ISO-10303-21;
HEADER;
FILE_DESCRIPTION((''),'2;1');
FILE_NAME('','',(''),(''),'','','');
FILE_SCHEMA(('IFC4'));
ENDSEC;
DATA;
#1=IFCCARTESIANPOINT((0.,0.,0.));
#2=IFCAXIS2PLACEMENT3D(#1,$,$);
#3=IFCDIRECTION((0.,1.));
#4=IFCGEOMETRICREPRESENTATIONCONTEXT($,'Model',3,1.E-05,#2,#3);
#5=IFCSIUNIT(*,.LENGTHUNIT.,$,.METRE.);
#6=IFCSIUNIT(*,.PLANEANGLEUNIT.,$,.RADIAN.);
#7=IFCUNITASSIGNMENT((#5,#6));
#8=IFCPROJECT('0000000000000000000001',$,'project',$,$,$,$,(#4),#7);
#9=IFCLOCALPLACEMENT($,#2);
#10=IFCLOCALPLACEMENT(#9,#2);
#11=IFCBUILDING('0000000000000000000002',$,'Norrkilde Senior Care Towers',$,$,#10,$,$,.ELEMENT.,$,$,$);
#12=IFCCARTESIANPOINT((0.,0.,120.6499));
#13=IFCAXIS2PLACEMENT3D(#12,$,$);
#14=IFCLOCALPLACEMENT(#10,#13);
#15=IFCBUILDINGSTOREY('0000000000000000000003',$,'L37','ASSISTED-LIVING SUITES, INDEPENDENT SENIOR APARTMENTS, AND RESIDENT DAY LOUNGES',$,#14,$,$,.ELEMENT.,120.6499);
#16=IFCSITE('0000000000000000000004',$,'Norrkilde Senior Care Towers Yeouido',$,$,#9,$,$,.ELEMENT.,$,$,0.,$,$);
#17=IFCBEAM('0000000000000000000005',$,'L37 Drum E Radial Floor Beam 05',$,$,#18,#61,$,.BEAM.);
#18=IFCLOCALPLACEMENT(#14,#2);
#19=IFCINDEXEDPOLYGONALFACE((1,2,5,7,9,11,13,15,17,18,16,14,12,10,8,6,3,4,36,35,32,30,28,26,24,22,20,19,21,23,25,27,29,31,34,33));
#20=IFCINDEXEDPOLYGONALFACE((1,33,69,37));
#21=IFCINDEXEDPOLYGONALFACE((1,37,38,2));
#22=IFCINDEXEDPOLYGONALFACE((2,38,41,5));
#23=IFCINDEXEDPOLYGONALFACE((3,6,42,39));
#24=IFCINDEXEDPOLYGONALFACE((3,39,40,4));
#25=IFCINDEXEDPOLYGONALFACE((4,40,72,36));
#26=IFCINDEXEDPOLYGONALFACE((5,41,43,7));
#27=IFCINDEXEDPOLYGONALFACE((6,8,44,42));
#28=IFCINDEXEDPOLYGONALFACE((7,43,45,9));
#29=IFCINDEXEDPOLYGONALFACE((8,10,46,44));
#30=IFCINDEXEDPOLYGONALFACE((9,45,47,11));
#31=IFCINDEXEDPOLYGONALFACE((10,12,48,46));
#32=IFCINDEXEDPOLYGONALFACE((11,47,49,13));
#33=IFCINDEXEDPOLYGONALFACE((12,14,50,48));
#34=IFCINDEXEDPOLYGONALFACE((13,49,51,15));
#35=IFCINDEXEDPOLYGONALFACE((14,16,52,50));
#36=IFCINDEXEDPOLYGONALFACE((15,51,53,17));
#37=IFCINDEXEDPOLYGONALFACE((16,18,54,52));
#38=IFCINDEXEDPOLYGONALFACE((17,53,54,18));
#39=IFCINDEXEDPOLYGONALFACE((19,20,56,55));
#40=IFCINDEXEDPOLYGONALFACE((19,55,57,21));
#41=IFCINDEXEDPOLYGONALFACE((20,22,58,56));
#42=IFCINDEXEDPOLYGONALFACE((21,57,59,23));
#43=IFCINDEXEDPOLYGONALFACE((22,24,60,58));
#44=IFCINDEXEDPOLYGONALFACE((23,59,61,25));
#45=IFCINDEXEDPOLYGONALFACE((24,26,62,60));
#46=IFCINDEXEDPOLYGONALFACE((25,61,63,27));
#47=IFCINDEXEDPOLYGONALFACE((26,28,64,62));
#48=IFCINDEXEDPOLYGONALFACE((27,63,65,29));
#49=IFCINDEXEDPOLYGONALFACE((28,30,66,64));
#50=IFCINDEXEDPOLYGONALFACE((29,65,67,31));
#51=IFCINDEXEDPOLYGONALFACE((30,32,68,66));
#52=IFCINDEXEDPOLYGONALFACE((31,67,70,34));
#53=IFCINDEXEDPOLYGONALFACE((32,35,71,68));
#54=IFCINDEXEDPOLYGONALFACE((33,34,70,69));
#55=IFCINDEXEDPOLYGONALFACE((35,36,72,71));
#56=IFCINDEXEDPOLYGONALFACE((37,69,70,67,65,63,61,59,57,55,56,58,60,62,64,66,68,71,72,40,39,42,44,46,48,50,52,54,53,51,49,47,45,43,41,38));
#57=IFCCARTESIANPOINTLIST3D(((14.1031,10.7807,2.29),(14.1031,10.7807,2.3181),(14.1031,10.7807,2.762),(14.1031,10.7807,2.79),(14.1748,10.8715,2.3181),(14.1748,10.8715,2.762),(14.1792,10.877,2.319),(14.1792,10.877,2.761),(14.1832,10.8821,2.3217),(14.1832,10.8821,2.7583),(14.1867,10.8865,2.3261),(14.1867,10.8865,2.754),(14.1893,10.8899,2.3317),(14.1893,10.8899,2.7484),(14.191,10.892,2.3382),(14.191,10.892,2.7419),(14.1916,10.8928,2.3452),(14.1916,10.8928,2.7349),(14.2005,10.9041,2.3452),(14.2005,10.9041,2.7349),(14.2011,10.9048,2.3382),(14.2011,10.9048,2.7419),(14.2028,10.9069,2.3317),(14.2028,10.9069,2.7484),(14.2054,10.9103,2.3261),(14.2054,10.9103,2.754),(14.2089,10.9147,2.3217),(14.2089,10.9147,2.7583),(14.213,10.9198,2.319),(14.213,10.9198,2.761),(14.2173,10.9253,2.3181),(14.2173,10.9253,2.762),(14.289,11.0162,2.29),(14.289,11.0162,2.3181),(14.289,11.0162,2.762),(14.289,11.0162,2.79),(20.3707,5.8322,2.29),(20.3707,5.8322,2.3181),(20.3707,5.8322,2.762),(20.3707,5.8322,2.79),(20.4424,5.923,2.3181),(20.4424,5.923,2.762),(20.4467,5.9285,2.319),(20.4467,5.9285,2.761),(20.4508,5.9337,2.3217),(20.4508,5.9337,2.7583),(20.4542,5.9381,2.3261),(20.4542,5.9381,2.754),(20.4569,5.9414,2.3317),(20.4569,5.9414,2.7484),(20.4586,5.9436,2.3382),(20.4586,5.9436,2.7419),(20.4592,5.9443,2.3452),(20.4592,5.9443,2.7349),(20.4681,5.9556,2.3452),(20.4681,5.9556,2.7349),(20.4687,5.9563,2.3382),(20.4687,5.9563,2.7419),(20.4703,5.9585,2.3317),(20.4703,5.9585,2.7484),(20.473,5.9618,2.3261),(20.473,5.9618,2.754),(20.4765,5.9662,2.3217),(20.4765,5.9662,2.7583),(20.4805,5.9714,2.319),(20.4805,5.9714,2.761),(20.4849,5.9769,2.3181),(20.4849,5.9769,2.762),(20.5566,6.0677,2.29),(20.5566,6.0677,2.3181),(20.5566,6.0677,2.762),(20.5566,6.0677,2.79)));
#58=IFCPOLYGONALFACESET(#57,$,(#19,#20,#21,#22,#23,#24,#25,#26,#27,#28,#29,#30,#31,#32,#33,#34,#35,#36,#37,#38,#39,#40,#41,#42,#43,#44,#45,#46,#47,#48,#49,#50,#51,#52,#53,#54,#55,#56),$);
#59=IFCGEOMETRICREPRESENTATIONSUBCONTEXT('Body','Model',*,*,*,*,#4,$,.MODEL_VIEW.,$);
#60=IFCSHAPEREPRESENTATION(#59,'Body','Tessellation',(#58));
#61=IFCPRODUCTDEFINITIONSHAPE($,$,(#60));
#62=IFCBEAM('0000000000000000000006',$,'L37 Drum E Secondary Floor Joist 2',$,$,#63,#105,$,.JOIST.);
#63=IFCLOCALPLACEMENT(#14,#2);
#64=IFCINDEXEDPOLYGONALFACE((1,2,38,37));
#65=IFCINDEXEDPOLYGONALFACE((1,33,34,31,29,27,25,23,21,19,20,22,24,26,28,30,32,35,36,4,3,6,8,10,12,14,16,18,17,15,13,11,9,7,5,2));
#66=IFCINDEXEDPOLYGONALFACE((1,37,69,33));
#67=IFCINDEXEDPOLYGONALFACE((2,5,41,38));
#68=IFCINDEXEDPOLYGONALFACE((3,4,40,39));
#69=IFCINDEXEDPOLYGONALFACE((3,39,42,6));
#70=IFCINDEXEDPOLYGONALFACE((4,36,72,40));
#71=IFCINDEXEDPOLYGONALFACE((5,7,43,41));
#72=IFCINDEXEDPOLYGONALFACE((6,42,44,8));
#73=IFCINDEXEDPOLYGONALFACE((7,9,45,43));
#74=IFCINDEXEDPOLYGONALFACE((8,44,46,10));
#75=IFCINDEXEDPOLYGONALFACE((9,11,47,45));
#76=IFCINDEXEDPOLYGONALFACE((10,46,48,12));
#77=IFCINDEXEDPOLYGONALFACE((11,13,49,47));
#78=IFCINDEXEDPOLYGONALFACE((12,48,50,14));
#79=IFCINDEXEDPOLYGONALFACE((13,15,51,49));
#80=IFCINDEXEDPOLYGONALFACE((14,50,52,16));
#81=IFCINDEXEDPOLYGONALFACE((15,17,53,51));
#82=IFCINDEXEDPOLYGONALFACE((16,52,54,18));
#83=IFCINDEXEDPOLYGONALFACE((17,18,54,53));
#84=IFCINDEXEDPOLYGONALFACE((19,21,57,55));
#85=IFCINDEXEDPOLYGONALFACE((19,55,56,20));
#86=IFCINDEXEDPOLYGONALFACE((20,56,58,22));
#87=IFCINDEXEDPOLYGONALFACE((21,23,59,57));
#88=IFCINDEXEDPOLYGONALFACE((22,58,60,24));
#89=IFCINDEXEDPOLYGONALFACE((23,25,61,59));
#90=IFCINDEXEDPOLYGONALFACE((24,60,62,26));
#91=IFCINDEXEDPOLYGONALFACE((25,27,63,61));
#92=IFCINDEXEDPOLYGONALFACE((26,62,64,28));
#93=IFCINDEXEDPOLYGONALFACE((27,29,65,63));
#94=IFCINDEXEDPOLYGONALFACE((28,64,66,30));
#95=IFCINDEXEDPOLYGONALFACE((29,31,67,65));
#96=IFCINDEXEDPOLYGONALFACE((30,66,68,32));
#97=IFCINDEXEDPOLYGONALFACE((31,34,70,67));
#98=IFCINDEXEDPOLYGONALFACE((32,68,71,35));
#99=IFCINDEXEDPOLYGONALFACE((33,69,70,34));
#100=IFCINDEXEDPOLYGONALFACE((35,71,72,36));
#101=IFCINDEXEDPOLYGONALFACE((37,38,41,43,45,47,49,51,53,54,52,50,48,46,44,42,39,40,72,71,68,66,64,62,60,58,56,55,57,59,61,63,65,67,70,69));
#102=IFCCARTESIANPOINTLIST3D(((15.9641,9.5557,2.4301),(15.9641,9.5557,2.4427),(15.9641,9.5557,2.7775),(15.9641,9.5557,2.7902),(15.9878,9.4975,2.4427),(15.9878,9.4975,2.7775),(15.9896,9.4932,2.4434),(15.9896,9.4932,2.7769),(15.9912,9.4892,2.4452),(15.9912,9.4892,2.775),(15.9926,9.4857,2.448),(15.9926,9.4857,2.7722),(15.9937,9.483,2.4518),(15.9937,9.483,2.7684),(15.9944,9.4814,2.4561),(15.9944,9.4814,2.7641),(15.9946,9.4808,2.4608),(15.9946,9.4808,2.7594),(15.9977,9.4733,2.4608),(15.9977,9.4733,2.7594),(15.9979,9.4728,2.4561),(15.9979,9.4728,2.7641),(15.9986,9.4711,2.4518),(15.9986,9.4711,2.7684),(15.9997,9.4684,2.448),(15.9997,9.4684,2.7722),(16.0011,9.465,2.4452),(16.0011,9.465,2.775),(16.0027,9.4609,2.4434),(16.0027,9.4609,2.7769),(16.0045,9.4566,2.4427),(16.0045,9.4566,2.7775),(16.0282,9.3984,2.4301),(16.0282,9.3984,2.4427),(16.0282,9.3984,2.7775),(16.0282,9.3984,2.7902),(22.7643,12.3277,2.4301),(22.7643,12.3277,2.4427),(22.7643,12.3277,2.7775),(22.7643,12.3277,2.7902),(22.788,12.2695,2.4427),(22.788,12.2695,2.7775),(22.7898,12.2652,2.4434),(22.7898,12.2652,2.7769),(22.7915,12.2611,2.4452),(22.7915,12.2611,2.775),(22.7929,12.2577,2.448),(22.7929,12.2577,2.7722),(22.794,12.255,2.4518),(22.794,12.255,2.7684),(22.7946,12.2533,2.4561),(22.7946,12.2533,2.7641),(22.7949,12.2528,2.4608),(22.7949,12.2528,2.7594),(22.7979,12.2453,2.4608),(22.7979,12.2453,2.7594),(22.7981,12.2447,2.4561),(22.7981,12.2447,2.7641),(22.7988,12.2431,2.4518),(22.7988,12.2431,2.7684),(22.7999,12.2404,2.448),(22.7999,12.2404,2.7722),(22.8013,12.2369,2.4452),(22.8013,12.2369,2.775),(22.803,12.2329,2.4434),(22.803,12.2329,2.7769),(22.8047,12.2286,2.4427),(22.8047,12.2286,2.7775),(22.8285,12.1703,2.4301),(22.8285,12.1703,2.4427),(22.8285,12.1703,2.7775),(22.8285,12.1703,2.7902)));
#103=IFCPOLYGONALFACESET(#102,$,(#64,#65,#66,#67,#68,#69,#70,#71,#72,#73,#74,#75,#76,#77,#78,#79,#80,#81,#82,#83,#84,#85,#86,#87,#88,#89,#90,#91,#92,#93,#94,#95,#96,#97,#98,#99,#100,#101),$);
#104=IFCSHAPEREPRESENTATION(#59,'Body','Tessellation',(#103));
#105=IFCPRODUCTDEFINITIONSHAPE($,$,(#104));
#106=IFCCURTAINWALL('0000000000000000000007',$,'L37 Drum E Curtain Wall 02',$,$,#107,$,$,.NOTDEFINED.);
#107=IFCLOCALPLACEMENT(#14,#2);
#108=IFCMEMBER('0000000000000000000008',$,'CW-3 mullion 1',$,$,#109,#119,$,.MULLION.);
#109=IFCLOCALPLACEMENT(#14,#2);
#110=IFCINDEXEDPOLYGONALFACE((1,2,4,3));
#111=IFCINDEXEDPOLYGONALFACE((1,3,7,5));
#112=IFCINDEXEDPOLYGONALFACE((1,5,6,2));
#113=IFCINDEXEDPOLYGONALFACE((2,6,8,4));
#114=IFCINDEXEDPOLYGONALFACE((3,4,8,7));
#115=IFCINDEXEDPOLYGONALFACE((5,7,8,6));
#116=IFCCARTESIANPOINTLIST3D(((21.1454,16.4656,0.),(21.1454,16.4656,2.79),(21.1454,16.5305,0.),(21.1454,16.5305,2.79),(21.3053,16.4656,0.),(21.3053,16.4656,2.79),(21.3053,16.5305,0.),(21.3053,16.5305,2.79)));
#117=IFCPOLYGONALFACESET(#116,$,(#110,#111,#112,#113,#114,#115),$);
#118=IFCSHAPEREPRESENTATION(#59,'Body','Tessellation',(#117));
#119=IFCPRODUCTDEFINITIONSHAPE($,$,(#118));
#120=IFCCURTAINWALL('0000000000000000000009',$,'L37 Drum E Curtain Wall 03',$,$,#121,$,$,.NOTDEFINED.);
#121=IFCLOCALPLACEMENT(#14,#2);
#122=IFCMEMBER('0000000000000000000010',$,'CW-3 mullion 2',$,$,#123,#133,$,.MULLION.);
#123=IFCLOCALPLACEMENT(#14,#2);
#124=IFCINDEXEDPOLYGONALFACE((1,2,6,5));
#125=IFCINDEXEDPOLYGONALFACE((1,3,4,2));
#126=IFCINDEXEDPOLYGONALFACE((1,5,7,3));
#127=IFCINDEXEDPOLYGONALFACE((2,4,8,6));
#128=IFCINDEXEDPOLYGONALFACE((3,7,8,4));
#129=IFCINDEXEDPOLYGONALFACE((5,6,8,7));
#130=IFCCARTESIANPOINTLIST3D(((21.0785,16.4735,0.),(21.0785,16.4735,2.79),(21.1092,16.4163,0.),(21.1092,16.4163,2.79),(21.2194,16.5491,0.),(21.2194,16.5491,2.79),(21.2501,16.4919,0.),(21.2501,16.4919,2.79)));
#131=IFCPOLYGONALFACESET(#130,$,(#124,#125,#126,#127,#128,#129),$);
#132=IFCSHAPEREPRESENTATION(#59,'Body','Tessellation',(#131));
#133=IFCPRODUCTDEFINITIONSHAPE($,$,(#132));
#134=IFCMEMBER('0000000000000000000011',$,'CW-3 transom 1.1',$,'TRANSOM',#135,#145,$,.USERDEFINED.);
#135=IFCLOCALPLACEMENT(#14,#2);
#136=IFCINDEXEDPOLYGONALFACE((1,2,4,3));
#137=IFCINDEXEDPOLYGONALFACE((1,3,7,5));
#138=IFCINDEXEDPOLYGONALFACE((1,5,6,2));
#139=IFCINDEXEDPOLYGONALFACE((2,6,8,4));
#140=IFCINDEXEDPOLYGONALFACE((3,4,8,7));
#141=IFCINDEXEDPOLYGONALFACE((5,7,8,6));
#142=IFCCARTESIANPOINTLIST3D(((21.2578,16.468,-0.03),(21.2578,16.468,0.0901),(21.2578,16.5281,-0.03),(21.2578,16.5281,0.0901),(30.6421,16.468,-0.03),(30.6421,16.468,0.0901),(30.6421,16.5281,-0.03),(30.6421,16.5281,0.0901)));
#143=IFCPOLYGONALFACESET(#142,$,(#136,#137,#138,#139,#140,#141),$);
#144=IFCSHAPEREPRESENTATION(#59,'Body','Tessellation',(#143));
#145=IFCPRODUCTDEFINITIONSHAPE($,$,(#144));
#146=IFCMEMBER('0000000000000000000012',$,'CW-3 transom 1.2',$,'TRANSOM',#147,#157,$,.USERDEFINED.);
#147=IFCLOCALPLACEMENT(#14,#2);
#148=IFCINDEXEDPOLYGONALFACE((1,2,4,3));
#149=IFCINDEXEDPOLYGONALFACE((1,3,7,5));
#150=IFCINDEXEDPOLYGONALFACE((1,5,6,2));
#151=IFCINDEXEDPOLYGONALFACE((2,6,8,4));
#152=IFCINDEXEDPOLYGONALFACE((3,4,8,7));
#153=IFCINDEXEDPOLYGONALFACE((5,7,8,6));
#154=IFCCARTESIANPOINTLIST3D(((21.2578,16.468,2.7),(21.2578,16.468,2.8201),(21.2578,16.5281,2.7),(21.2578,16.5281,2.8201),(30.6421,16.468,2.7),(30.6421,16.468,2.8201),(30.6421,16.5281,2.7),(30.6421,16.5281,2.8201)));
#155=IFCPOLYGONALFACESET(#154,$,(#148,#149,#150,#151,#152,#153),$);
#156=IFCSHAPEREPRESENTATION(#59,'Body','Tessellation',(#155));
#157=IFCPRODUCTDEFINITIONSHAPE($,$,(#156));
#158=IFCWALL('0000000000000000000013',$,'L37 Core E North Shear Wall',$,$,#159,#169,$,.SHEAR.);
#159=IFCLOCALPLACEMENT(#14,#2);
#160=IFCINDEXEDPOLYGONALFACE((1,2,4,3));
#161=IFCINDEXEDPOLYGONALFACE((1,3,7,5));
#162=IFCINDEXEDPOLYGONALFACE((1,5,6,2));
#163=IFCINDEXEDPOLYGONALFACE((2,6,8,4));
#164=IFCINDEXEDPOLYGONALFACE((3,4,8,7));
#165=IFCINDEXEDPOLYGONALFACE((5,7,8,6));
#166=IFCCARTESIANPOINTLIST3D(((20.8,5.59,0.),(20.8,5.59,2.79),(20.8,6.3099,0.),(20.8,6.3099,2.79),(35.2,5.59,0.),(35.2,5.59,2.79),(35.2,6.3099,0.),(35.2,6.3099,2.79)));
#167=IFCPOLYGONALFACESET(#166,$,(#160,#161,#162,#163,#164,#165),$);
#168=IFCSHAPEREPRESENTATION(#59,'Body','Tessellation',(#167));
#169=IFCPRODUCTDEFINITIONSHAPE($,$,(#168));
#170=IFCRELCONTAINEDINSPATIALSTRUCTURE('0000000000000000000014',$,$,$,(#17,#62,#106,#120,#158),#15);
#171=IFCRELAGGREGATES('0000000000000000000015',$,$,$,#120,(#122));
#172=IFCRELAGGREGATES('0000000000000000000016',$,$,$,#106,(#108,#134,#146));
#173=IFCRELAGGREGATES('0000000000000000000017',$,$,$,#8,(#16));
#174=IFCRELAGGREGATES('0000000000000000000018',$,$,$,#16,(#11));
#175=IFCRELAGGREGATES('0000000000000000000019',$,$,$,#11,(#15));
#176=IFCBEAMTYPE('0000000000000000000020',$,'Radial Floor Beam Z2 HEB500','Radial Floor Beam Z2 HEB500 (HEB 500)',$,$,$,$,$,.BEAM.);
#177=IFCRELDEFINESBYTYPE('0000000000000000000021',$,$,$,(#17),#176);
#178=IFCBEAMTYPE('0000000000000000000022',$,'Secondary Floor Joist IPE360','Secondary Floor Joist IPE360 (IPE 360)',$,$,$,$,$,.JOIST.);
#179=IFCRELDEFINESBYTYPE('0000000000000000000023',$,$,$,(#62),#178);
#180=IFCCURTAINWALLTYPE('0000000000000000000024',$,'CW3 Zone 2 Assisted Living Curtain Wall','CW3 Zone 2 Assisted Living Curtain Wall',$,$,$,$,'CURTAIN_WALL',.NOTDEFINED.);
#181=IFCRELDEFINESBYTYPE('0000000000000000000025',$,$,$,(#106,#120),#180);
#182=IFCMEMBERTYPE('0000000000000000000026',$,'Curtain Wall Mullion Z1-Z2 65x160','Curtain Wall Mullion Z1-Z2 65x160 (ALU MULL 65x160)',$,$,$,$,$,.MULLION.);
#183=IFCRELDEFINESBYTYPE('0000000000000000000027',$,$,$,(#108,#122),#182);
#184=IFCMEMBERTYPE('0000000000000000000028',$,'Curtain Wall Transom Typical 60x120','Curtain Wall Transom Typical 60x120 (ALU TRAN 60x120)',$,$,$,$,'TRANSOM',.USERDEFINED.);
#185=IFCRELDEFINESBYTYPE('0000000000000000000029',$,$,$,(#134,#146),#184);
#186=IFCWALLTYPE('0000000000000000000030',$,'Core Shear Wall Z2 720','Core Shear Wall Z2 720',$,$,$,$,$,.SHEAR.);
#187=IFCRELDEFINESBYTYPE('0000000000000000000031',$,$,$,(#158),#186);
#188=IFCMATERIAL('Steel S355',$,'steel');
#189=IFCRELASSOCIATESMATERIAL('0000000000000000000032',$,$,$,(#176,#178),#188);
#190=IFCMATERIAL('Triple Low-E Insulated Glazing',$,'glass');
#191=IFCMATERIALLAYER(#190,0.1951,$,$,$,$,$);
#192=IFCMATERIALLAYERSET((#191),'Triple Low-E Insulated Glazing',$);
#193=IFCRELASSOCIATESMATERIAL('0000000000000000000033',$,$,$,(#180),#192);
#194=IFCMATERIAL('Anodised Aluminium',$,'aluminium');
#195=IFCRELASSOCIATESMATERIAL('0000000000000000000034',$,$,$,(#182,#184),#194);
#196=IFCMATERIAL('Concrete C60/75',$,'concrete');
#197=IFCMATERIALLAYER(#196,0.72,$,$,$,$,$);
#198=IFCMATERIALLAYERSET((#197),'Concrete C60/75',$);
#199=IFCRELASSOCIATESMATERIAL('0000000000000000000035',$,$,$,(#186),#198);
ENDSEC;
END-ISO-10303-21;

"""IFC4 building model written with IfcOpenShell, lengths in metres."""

from ifc_helpers import new_model, si_unit, direction, frame, frame_2d, origin, origin_2d, place, context, subcontext, project, spatial, rectangle, i_section, extrude, source, transform, mapped, material, layer, layer_set, material_profile, profile_set, type_object, type_shapes, element, aggregate, save


model = new_model("IFC4")

# Units and contexts
model_context = context("Model", 3, precision=1e-05, world=origin(), true_north=direction((0.0, 1.0)))
body_context = subcontext(model_context, "Body", "Model", "MODEL_VIEW")
ifc_project = project(units=[si_unit("LENGTHUNIT", "METRE"), si_unit("PLANEANGLEUNIT", "RADIAN")], contexts=[model_context])

# Site, building, storey
site_placement = place(None, origin())
site = spatial("IfcSite", under=ifc_project, at=site_placement, Name="Norrkilde Senior Care Towers Yeouido", CompositionType="ELEMENT", RefElevation=0.0)
building_placement = place(site_placement, origin())
building = spatial("IfcBuilding", under=site, at=building_placement, Name="Norrkilde Senior Care Towers", CompositionType="ELEMENT")
storey_placement = place(building_placement, frame((0.0, 0.0, 120.6499)))
storey = spatial("IfcBuildingStorey", under=building, at=storey_placement, Name="L37", Description="ASSISTED-LIVING SUITES, INDEPENDENT SENIOR APARTMENTS, AND RESIDENT DAY LOUNGES", CompositionType="ELEMENT", Elevation=120.6499)

# Shared definitions
ifc_material_1 = material(Name="Concrete C60/75", Category="concrete")

# Beams
ifc_material_2 = material(Name="Steel S355", Category="steel")
ifc_material_profile_1 = material_profile(ifc_material_2, i_section(OverallWidth=0.3, OverallDepth=0.5, WebThickness=0.0144, FlangeThickness=0.0281, FilletRadius=0.0271, at=origin_2d()), Name="HEB 500")
ifc_profile_set_1 = profile_set([ifc_material_profile_1], Name="Steel S355")
beam_type_1 = type_object("IfcBeamType", Name="Radial Floor Beam Z2 HEB500", Description="Radial Floor Beam Z2 HEB500 (HEB 500)", PredefinedType="BEAM", material=ifc_profile_set_1)
shared_shape_1 = source(origin(), body_context, "Body", "SweptSolid", [
    extrude(i_section(OverallWidth=0.3, OverallDepth=0.5, WebThickness=0.0144, FlangeThickness=0.0281, FilletRadius=0.0271, at=origin_2d()), origin(), (0.0, 0.0, 1.0), 7.9856),
])
beam_1_placement = place(storey_placement, frame((20.4636, 5.95, 2.54), z_axis=(-0.784859, 0.619675, 0.0), x_axis=(-0.619675, -0.784859, 0.0)))
element("IfcBeam", 1, at=beam_1_placement, inside=storey, type_object=beam_type_1, Name="L37 Drum E Radial Floor Beam 05", PredefinedType="BEAM", context=body_context, shape_type="MappedRepresentation", body=[
    mapped(shared_shape_1, transform((0.0, 0.0, 0.0), x_axis=(1.0, 0.0, 0.0), y_axis=(0.0, 1.0, 0.0), z_axis=(0.0, 0.0, 1.0), scale=1.0)),
])
ifc_material_profile_2 = material_profile(ifc_material_2, i_section(OverallWidth=0.1699, OverallDepth=0.3601, WebThickness=0.0081, FlangeThickness=0.0127, FilletRadius=0.0181, at=origin_2d()), Name="IPE 360")
ifc_profile_set_2 = profile_set([ifc_material_profile_2], Name="Steel S355")
beam_type_2 = type_object("IfcBeamType", Name="Secondary Floor Joist IPE360", Description="Secondary Floor Joist IPE360 (IPE 360)", PredefinedType="JOIST", material=ifc_profile_set_2)
shared_shape_2 = source(origin(), body_context, "Body", "SweptSolid", [
    extrude(i_section(OverallWidth=0.1699, OverallDepth=0.3601, WebThickness=0.0081, FlangeThickness=0.0127, FilletRadius=0.0181, at=origin_2d()), origin(), (0.0, 0.0, 1.0), 7.3435),
])
type_shapes(beam_type_2, [shared_shape_2])
beam_2_placement = place(storey_placement, frame((22.7964, 12.249, 2.6101), z_axis=(-0.926022, -0.37747, 0.0), x_axis=(0.37747, -0.926022, 0.0)))
element("IfcBeam", 2, at=beam_2_placement, inside=storey, type_object=beam_type_2, Name="L37 Drum E Secondary Floor Joist 2", PredefinedType="JOIST", context=body_context, shape_type="MappedRepresentation", body=[
    mapped(shared_shape_2, transform((0.0, 0.0, 0.0), x_axis=(1.0, 0.0, 0.0), y_axis=(0.0, 1.0, 0.0), z_axis=(0.0, 0.0, 1.0), scale=1.0)),
])

# Curtain walls, members
ifc_material_3 = material(Name="Triple Low-E Insulated Glazing", Category="glass")
ifc_layer_1 = layer(ifc_material_3, 0.1951)
ifc_layer_set_1 = layer_set([ifc_layer_1], Name="Triple Low-E Insulated Glazing")
curtain_wall_type = type_object("IfcCurtainWallType", Name="CW3 Zone 2 Assisted Living Curtain Wall", Description="CW3 Zone 2 Assisted Living Curtain Wall", ElementType="CURTAIN_WALL", PredefinedType="NOTDEFINED", material=ifc_layer_set_1)
curtain_wall_1_placement = place(storey_placement, origin())
curtain_wall_1 = element("IfcCurtainWall", 3, at=curtain_wall_1_placement, inside=storey, type_object=curtain_wall_type, Name="L37 Drum E Curtain Wall 02", PredefinedType="NOTDEFINED")
ifc_material_4 = material(Name="Anodised Aluminium", Category="aluminium")
ifc_material_profile_3 = material_profile(ifc_material_4, rectangle(XDim=0.0649, YDim=0.1599, at=origin_2d()), Name="ALU MULL 65x160")
ifc_profile_set_3 = profile_set([ifc_material_profile_3], Name="Anodised Aluminium")
member_type_1 = type_object("IfcMemberType", Name="Curtain Wall Mullion Z1-Z2 65x160", Description="Curtain Wall Mullion Z1-Z2 65x160 (ALU MULL 65x160)", PredefinedType="MULLION", material=ifc_profile_set_3)
shared_shape_3 = source(origin(), body_context, "Body", "SweptSolid", [
    extrude(rectangle(XDim=0.0649, YDim=0.1599, at=origin_2d()), origin(), (0.0, 0.0, 1.0), 2.79),
])
type_shapes(member_type_1, [shared_shape_3])
member_1_placement = place(storey_placement, frame((21.2253, 16.498, 0.0), z_axis=(0.0, 0.0, 1.0), x_axis=(0.0, 1.0, 0.0)))
member_1 = element("IfcMember", 4, at=member_1_placement, type_object=member_type_1, Name="CW-3 mullion 1", PredefinedType="MULLION", context=body_context, shape_type="MappedRepresentation", body=[
    mapped(shared_shape_3, transform((0.0, 0.0, 0.0), x_axis=(1.0, 0.0, 0.0), y_axis=(0.0, 1.0, 0.0), z_axis=(0.0, 0.0, 1.0), scale=1.0)),
])
curtain_wall_2_placement = place(storey_placement, origin())
curtain_wall_2 = element("IfcCurtainWall", 5, at=curtain_wall_2_placement, inside=storey, type_object=curtain_wall_type, Name="L37 Drum E Curtain Wall 03", PredefinedType="NOTDEFINED")
member_2_placement = place(storey_placement, frame((21.1643, 16.4827, 0.0), z_axis=(0.0, 0.0, 1.0), x_axis=(-0.472769, 0.881186, 0.0)))
member_2 = element("IfcMember", 6, at=member_2_placement, type_object=member_type_1, Name="CW-3 mullion 2", PredefinedType="MULLION", context=body_context, shape_type="MappedRepresentation", body=[
    mapped(shared_shape_3, transform((0.0, 0.0, 0.0), x_axis=(1.0, 0.0, 0.0), y_axis=(0.0, 1.0, 0.0), z_axis=(0.0, 0.0, 1.0), scale=1.0)),
])
aggregate(curtain_wall_2, [member_2])

# Members
ifc_material_profile_4 = material_profile(ifc_material_4, rectangle(XDim=0.0601, YDim=0.1201, at=origin_2d()), Name="ALU TRAN 60x120")
ifc_profile_set_4 = profile_set([ifc_material_profile_4], Name="Anodised Aluminium")
member_type_2 = type_object("IfcMemberType", Name="Curtain Wall Transom Typical 60x120", Description="Curtain Wall Transom Typical 60x120 (ALU TRAN 60x120)", ElementType="TRANSOM", PredefinedType="USERDEFINED", material=ifc_profile_set_4)
shared_shape_4 = source(origin(), body_context, "Body", "SweptSolid", [
    extrude(rectangle(XDim=0.0601, YDim=0.1201, at=origin_2d()), origin(), (0.0, 0.0, 1.0), 9.3843),
])
type_shapes(member_type_2, [shared_shape_4])
member_3_placement = place(storey_placement, frame((21.2578, 16.498, 0.03), z_axis=(1.0, 0.0, 0.0), x_axis=(0.0, 1.0, 0.0)))
member_3 = element("IfcMember", 7, at=member_3_placement, type_object=member_type_2, Name="CW-3 transom 1.1", ObjectType="TRANSOM", PredefinedType="USERDEFINED", context=body_context, shape_type="MappedRepresentation", body=[
    mapped(shared_shape_4, transform((0.0, 0.0, 0.0), x_axis=(1.0, 0.0, 0.0), y_axis=(0.0, 1.0, 0.0), z_axis=(0.0, 0.0, 1.0), scale=1.0)),
])
member_4_placement = place(storey_placement, frame((21.2578, 16.498, 2.76), z_axis=(1.0, 0.0, 0.0), x_axis=(0.0, 1.0, 0.0)))
member_4 = element("IfcMember", 8, at=member_4_placement, type_object=member_type_2, Name="CW-3 transom 1.2", ObjectType="TRANSOM", PredefinedType="USERDEFINED", context=body_context, shape_type="MappedRepresentation", body=[
    mapped(shared_shape_4, transform((0.0, 0.0, 0.0), x_axis=(1.0, 0.0, 0.0), y_axis=(0.0, 1.0, 0.0), z_axis=(0.0, 0.0, 1.0), scale=1.0)),
])
aggregate(curtain_wall_1, [member_1, member_3, member_4])

# Wall
ifc_layer_2 = layer(ifc_material_1, 0.72)
ifc_layer_set_2 = layer_set([ifc_layer_2], Name="Concrete C60/75")
wall_type_1 = type_object("IfcWallType", Name="Core Shear Wall Z2 720", Description="Core Shear Wall Z2 720", PredefinedType="SHEAR", material=ifc_layer_set_2)
shared_shape_5 = source(origin(), body_context, "Body", "SweptSolid", [
    extrude(rectangle(XDim=14.3999, YDim=0.72, at=frame_2d((7.2, 0.0))), origin(), (0.0, 0.0, 1.0), 2.79),
])
type_shapes(wall_type_1, [shared_shape_5])
wall_1_placement = place(storey_placement, frame((20.8, 5.95, 0.0), z_axis=(0.0, 0.0, 1.0), x_axis=(1.0, 0.0, 0.0)))
element("IfcWall", 9, at=wall_1_placement, inside=storey, type_object=wall_type_1, Name="L37 Core E North Shear Wall", PredefinedType="SHEAR", context=body_context, shape_type="MappedRepresentation", body=[
    mapped(shared_shape_5, transform((0.0, 0.0, 0.0), x_axis=(1.0, 0.0, 0.0), y_axis=(0.0, 1.0, 0.0), z_axis=(0.0, 0.0, 1.0), scale=1.0)),
])

save(model, "model.ifc")
